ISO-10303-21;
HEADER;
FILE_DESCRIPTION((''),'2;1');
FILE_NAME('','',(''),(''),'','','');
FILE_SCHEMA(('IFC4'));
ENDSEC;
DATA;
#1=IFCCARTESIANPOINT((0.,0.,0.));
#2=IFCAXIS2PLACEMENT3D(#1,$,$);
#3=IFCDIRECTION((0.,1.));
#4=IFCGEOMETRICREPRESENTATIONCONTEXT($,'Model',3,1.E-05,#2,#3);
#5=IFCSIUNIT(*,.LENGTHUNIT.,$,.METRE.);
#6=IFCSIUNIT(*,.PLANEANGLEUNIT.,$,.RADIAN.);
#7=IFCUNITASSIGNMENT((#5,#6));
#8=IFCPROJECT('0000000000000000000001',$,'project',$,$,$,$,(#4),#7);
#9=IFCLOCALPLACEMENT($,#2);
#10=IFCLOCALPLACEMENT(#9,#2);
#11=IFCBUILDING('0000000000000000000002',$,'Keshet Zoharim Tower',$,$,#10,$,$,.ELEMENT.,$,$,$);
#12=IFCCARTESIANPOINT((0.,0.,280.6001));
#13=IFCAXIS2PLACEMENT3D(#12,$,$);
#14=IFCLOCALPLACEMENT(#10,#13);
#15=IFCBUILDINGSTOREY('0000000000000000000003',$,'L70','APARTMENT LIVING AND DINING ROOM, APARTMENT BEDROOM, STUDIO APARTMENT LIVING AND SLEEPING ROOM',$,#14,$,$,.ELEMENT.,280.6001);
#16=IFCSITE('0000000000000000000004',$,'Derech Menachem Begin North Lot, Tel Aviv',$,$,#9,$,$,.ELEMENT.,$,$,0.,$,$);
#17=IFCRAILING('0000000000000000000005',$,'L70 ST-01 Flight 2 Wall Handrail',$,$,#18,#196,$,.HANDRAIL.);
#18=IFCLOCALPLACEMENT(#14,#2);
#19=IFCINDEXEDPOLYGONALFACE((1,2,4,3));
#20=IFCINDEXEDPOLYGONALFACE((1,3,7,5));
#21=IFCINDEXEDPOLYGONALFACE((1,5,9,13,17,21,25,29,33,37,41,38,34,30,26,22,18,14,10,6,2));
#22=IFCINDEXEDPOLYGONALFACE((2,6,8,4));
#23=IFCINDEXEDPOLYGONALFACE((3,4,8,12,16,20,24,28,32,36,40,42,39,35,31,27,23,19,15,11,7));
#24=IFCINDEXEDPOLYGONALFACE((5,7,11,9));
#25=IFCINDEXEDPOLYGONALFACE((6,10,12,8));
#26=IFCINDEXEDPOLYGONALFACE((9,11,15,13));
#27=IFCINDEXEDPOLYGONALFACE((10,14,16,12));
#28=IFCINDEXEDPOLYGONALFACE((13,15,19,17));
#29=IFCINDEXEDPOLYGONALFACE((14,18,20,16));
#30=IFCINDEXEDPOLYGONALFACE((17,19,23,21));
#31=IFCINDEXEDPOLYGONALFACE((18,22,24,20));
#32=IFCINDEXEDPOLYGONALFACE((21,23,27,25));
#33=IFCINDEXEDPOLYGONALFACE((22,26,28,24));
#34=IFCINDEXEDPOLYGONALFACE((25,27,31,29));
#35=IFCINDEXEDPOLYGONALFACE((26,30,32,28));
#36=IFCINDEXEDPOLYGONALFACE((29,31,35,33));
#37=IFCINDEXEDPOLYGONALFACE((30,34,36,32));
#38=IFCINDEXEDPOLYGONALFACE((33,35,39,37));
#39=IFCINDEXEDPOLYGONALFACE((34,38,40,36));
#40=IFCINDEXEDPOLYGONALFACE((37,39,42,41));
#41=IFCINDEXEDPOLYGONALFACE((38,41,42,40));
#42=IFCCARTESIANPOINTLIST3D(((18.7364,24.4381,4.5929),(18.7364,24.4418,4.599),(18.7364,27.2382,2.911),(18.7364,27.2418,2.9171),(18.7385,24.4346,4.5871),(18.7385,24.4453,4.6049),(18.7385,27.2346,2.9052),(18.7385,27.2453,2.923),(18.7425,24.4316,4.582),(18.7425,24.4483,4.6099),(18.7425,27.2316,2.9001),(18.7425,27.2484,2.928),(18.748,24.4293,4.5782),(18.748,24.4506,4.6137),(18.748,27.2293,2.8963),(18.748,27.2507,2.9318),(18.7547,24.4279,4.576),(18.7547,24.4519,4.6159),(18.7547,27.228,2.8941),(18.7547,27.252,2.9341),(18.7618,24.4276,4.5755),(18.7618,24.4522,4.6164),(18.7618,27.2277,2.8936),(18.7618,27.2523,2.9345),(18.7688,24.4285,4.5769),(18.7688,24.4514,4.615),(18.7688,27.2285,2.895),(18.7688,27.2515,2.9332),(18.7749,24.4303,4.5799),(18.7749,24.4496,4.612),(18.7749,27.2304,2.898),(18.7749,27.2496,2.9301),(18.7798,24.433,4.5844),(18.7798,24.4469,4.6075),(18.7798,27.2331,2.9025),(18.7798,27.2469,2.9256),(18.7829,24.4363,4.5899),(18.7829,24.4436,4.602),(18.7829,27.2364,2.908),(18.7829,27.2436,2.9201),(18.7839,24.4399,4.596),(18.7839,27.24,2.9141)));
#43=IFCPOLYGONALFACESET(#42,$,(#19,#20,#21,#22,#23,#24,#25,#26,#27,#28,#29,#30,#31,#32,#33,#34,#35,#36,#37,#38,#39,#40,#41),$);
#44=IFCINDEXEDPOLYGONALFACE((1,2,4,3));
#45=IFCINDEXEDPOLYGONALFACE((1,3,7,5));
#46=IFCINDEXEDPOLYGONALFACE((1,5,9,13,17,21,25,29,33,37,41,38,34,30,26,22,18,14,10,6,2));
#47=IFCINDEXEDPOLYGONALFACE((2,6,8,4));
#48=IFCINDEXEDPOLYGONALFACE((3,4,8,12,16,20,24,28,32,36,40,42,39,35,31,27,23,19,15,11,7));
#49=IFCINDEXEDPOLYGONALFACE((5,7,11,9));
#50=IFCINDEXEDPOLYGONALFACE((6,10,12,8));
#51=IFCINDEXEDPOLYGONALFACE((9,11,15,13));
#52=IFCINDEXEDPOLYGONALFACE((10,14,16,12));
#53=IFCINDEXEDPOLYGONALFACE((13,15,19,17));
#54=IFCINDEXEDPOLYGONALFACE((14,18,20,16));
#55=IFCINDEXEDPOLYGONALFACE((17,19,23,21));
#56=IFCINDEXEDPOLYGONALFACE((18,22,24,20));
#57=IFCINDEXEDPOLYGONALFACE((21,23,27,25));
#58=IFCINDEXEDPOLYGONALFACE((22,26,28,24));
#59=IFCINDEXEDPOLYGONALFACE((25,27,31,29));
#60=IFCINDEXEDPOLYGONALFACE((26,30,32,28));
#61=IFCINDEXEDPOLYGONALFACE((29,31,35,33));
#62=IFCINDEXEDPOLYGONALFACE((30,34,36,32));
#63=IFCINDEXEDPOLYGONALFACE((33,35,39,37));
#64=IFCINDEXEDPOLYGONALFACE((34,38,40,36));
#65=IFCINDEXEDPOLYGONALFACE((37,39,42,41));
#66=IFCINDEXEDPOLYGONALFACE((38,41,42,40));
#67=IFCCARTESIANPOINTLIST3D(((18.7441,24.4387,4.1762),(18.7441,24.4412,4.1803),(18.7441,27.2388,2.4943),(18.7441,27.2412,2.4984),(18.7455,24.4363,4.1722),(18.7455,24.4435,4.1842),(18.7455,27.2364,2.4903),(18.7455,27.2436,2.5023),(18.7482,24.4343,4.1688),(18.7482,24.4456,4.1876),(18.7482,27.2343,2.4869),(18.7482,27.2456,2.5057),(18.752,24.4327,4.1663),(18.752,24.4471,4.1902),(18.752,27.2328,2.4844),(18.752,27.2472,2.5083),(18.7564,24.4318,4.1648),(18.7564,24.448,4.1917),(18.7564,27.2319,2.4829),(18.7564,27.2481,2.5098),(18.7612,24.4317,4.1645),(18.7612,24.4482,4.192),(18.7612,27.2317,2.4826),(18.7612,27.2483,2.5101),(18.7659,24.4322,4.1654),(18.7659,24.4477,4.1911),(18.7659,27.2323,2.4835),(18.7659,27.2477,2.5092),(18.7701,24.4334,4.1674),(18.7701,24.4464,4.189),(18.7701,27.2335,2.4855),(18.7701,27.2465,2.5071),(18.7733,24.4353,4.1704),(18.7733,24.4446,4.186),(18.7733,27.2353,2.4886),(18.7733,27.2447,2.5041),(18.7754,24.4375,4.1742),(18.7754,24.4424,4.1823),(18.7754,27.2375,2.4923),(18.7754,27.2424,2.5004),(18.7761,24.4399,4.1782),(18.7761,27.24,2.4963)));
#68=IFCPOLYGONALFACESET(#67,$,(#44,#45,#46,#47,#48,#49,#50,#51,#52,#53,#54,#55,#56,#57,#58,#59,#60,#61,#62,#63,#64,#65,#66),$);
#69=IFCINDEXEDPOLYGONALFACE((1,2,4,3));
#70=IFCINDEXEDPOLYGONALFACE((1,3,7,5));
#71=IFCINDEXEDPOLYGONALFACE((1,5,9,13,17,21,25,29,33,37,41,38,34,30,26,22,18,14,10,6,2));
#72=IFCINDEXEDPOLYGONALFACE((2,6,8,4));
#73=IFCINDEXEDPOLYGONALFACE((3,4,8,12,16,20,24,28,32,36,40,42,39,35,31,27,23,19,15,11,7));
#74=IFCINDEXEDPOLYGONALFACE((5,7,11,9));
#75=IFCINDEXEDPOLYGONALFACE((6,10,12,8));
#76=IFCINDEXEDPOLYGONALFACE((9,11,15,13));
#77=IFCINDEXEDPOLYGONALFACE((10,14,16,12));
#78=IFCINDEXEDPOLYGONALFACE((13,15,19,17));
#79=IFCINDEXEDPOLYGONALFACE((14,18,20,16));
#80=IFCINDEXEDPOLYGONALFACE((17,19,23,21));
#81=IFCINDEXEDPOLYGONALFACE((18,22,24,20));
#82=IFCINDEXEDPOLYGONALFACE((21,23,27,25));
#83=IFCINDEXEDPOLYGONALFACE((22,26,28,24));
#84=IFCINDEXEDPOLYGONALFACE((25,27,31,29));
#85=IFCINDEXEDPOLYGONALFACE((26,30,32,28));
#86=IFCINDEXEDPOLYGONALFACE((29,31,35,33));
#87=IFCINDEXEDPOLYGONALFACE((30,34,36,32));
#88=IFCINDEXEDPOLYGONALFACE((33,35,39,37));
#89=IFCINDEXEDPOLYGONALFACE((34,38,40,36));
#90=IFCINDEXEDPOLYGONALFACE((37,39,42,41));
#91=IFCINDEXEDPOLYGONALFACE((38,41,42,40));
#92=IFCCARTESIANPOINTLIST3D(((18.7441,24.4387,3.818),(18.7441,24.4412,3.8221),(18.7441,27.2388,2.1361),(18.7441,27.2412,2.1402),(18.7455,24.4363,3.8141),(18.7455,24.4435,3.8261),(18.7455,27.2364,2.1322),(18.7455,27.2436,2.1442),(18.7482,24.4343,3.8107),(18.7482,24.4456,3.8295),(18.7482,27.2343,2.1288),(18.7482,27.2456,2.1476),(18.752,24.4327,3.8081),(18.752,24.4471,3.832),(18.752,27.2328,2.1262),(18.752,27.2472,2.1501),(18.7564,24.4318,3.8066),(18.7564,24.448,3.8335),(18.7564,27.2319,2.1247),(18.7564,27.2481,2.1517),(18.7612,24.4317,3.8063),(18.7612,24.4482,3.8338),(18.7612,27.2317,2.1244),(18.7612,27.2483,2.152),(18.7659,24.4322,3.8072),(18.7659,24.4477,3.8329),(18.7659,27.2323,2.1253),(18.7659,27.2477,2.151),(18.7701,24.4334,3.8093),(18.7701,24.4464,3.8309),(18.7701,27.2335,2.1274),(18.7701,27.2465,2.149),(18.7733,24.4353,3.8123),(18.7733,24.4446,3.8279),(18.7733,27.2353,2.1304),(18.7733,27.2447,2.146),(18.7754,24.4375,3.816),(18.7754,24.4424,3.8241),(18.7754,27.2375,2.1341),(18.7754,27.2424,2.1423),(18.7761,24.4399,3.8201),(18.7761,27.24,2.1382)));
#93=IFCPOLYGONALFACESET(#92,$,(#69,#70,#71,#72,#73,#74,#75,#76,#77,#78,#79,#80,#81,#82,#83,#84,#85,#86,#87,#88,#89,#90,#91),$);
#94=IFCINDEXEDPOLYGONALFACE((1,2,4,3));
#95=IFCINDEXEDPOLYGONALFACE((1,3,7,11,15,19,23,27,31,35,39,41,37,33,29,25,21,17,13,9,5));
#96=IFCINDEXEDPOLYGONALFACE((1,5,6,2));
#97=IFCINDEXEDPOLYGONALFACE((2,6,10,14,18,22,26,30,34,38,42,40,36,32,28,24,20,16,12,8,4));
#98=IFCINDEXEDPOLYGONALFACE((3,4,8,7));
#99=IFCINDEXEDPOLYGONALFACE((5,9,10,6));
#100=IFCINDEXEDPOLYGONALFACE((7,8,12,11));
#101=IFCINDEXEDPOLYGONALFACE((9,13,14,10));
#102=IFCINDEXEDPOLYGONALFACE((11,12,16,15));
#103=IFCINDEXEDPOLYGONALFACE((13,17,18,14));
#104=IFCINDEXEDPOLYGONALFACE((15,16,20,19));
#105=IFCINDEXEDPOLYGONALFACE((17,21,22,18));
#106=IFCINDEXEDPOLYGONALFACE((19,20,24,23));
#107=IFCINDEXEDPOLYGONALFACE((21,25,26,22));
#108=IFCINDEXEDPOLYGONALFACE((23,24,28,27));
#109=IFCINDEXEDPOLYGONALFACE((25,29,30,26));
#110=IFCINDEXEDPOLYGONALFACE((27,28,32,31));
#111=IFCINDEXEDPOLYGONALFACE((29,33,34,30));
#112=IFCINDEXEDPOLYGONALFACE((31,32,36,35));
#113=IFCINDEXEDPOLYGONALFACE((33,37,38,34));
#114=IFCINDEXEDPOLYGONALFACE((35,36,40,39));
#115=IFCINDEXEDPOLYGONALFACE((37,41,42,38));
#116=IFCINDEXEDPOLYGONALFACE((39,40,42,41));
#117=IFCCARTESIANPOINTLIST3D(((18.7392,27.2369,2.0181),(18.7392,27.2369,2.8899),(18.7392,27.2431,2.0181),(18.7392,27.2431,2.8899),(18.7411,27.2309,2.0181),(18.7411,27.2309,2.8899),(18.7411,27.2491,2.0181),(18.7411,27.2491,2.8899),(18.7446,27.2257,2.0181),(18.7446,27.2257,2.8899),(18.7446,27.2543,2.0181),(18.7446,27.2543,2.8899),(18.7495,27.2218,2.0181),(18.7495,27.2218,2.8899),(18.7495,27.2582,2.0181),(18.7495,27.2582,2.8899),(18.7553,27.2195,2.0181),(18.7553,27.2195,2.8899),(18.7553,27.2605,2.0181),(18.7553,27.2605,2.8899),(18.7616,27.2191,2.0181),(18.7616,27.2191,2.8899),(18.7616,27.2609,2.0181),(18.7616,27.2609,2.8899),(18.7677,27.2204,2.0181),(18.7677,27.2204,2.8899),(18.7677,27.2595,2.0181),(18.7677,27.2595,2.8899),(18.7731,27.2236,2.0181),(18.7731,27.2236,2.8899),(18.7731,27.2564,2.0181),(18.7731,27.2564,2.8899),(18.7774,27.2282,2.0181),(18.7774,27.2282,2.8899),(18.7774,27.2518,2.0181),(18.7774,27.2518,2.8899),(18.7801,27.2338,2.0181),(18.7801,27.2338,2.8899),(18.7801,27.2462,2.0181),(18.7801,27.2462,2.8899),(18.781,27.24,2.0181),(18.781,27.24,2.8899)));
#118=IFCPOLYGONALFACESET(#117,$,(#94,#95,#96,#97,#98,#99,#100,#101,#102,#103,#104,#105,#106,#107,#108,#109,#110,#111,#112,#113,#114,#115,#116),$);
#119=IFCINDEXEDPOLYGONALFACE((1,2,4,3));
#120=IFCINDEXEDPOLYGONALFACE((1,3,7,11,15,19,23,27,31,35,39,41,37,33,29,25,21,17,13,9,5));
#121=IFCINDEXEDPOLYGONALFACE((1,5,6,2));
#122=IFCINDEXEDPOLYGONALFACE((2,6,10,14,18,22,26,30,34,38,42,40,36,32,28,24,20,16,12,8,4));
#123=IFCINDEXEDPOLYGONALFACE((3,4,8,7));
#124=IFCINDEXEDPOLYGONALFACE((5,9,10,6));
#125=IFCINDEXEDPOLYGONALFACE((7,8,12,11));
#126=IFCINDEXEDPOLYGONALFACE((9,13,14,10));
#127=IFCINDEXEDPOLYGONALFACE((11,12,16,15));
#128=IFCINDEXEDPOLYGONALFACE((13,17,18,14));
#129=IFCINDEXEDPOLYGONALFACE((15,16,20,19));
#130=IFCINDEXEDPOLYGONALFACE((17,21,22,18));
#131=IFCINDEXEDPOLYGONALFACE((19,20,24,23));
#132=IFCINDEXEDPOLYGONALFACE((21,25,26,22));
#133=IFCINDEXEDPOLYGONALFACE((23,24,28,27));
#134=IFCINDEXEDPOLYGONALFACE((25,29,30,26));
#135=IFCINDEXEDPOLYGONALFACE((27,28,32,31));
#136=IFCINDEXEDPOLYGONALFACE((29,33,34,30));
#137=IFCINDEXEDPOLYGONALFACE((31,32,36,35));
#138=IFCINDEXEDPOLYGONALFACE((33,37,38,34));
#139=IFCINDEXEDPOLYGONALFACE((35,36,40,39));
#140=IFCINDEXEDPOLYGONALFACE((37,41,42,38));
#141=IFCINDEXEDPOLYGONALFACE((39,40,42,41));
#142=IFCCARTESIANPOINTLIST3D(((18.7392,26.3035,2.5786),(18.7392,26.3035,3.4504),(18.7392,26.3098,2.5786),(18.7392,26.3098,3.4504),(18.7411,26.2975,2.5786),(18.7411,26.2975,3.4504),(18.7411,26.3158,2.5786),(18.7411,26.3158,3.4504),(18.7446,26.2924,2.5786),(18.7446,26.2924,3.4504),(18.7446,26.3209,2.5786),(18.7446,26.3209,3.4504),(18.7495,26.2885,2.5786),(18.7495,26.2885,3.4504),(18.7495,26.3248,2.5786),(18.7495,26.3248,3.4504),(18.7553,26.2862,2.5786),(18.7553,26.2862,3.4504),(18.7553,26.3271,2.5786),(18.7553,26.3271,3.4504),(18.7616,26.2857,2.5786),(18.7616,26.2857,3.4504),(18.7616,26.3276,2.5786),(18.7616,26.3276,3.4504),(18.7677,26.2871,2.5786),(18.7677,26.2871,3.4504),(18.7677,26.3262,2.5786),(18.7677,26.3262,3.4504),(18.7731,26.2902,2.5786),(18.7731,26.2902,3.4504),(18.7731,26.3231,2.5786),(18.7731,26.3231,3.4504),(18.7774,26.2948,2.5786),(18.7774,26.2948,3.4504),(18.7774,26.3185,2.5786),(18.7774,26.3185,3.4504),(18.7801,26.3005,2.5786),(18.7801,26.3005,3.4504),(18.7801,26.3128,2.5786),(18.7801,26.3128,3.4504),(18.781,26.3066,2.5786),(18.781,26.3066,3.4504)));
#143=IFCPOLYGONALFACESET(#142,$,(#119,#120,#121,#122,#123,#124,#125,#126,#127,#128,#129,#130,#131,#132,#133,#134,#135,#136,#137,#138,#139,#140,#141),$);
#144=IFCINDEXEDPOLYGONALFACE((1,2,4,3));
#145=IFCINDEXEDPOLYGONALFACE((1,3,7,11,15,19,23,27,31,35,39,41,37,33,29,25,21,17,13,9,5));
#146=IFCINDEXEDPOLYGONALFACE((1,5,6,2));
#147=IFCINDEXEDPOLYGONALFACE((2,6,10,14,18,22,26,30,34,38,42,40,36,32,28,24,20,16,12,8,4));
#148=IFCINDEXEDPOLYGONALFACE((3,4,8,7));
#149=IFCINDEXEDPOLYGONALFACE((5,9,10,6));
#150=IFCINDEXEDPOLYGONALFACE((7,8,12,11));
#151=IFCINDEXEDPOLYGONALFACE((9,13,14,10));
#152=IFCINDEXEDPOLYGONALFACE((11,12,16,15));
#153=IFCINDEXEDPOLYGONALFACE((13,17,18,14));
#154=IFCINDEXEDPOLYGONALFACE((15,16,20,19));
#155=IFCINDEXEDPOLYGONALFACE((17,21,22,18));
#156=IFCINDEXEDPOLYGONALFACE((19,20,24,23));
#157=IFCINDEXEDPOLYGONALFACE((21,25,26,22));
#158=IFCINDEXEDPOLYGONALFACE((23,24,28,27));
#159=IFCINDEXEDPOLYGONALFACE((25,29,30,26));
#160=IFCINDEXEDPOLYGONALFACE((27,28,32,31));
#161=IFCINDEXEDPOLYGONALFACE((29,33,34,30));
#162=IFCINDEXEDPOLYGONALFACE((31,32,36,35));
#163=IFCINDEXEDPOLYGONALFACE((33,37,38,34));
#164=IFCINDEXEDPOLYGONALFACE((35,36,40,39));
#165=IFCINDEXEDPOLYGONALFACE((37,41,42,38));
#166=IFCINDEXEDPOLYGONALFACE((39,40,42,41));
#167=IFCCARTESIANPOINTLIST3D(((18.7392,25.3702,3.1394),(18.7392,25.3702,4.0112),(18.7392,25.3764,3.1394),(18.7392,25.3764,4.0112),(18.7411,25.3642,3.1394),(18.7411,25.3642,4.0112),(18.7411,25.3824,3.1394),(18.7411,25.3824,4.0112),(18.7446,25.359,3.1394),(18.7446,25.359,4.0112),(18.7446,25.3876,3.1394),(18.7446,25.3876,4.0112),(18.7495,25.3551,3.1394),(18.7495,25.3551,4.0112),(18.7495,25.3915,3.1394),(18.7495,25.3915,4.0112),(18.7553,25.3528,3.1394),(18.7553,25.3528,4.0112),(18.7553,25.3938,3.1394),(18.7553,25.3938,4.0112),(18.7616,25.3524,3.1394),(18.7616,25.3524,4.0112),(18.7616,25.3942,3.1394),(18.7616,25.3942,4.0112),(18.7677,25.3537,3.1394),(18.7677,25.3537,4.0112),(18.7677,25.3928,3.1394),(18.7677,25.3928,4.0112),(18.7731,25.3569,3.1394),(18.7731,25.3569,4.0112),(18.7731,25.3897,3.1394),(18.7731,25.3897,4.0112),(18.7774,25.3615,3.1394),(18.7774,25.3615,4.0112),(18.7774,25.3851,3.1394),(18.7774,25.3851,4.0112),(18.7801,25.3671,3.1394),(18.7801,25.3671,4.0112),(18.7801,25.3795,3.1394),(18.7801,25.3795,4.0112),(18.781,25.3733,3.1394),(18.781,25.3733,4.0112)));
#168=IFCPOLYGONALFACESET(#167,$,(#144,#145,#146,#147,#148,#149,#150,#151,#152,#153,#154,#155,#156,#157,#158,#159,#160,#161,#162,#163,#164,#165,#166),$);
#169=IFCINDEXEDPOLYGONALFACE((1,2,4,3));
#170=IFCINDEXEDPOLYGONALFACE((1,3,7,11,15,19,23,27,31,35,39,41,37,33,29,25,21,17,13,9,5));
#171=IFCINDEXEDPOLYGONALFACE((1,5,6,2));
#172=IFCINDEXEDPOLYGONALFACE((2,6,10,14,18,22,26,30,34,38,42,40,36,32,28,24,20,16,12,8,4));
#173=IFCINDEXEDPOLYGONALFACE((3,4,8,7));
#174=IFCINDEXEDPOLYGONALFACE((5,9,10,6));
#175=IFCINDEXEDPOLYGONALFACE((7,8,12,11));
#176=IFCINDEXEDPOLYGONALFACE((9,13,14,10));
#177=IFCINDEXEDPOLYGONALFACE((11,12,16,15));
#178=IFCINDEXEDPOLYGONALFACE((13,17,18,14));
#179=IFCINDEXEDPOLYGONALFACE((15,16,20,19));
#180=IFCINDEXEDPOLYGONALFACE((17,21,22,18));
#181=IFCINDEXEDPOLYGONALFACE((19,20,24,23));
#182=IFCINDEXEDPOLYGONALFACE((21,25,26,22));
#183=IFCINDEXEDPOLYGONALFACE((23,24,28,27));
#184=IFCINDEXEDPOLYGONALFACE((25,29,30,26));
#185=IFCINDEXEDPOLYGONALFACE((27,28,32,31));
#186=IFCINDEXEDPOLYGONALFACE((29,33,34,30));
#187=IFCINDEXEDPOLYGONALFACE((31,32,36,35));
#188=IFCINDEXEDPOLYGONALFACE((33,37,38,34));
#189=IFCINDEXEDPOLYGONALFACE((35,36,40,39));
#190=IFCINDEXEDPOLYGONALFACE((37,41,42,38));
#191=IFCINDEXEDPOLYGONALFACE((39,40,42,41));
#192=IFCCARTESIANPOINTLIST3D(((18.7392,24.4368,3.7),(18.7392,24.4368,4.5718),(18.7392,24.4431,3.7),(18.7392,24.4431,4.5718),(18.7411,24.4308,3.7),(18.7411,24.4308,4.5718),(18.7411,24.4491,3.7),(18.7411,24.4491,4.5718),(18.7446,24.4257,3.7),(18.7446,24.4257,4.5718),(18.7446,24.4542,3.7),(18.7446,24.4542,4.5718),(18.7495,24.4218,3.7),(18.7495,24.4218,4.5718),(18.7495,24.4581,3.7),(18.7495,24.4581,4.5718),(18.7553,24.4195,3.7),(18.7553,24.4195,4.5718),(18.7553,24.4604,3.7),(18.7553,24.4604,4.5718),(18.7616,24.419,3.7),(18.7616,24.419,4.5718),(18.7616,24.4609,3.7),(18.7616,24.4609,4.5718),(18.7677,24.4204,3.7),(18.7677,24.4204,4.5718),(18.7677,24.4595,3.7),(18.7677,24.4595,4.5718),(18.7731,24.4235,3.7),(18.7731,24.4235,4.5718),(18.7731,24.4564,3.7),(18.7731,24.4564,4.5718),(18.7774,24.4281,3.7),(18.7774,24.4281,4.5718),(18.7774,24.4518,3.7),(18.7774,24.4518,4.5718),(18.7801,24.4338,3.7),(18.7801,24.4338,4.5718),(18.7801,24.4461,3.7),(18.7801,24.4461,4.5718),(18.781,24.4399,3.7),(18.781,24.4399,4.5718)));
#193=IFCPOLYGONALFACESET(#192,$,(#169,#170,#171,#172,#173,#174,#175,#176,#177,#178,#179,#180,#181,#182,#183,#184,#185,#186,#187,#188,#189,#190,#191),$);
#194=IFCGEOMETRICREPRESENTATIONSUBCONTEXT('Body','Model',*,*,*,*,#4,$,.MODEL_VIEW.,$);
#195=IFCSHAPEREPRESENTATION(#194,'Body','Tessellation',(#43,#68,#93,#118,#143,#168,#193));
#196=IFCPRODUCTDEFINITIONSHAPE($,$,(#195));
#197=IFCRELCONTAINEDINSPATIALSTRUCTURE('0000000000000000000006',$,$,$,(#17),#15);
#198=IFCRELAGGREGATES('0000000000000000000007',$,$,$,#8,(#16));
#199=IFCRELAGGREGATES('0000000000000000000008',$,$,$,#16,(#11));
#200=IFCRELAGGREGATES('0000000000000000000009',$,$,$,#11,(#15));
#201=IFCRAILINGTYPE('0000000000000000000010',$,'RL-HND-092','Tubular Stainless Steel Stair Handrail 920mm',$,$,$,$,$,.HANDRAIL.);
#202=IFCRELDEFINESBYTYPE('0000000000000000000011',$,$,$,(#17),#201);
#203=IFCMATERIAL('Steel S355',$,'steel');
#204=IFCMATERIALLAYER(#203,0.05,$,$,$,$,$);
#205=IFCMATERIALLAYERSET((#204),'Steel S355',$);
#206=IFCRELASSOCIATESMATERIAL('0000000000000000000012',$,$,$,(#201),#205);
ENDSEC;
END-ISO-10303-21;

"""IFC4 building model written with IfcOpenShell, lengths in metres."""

from ifc_helpers import new_model, si_unit, direction, frame, origin, origin_2d, place, context, subcontext, project, spatial, circle, extrude, material, layer, layer_set, type_object, element, save


model = new_model("IFC4")

# Units and contexts
model_context = context("Model", 3, precision=1e-05, world=origin(), true_north=direction((0.0, 1.0)))
body_context = subcontext(model_context, "Body", "Model", "MODEL_VIEW")
ifc_project = project(units=[si_unit("LENGTHUNIT", "METRE"), si_unit("PLANEANGLEUNIT", "RADIAN")], contexts=[model_context])

# Site, building, storey
site_placement = place(None, origin())
site = spatial("IfcSite", under=ifc_project, at=site_placement, Name="Derech Menachem Begin North Lot, Tel Aviv", CompositionType="ELEMENT", RefElevation=0.0)
building_placement = place(site_placement, origin())
building = spatial("IfcBuilding", under=site, at=building_placement, Name="Keshet Zoharim Tower", CompositionType="ELEMENT")
storey_placement = place(building_placement, frame((0.0, 0.0, 280.6001)))
storey = spatial("IfcBuildingStorey", under=building, at=storey_placement, Name="L70", Description="APARTMENT LIVING AND DINING ROOM, APARTMENT BEDROOM, STUDIO APARTMENT LIVING AND SLEEPING ROOM", CompositionType="ELEMENT", Elevation=280.6001)

# Shared definitions
ifc_material_1 = material(Name="Steel S355", Category="steel")

# Railing
ifc_layer_1 = layer(ifc_material_1, 0.05)
ifc_layer_set_1 = layer_set([ifc_layer_1], Name="Steel S355")
railing_type_1 = type_object("IfcRailingType", Name="RL-HND-092", Description="Tubular Stainless Steel Stair Handrail 920mm", PredefinedType="HANDRAIL", material=ifc_layer_set_1)
railing_1_placement = place(storey_placement, frame((18.76, 27.24, 2.0181)))
element("IfcRailing", 1, at=railing_1_placement, inside=storey, type_object=railing_type_1, Name="L70 ST-01 Flight 2 Wall Handrail", PredefinedType="HANDRAIL", context=body_context, shape_type="SweptSolid", body=[
    extrude(circle(Radius=0.0239, at=origin_2d()), frame((0.0, 0.0, 0.896), z_axis=(0.0, -0.857242, 0.514913), x_axis=(1.0, 0.0, 0.0)), (0.0, 0.0, 1.0), 3.2664),
    extrude(circle(Radius=0.0161, at=origin_2d()), frame((0.0, 0.0, 0.4783), z_axis=(0.0, -0.857242, 0.514913), x_axis=(1.0, 0.0, 0.0)), (0.0, 0.0, 1.0), 3.2664),
    extrude(circle(Radius=0.0161, at=origin_2d()), frame((0.0, 0.0, 0.1201), z_axis=(0.0, -0.857242, 0.514913), x_axis=(1.0, 0.0, 0.0)), (0.0, 0.0, 1.0), 3.2664),
    extrude(circle(Radius=0.021, at=origin_2d()), origin(), (0.0, 0.0, 1.0), 0.8718),
    extrude(circle(Radius=0.021, at=origin_2d()), frame((0.0, -0.9333, 0.5605)), (0.0, 0.0, 1.0), 0.8718),
    extrude(circle(Radius=0.021, at=origin_2d()), frame((0.0, -1.8667, 1.1213)), (0.0, 0.0, 1.0), 0.8718),
    extrude(circle(Radius=0.021, at=origin_2d()), frame((0.0, -2.8, 1.6819)), (0.0, 0.0, 1.0), 0.8718),
])

save(model, "model.ifc")
